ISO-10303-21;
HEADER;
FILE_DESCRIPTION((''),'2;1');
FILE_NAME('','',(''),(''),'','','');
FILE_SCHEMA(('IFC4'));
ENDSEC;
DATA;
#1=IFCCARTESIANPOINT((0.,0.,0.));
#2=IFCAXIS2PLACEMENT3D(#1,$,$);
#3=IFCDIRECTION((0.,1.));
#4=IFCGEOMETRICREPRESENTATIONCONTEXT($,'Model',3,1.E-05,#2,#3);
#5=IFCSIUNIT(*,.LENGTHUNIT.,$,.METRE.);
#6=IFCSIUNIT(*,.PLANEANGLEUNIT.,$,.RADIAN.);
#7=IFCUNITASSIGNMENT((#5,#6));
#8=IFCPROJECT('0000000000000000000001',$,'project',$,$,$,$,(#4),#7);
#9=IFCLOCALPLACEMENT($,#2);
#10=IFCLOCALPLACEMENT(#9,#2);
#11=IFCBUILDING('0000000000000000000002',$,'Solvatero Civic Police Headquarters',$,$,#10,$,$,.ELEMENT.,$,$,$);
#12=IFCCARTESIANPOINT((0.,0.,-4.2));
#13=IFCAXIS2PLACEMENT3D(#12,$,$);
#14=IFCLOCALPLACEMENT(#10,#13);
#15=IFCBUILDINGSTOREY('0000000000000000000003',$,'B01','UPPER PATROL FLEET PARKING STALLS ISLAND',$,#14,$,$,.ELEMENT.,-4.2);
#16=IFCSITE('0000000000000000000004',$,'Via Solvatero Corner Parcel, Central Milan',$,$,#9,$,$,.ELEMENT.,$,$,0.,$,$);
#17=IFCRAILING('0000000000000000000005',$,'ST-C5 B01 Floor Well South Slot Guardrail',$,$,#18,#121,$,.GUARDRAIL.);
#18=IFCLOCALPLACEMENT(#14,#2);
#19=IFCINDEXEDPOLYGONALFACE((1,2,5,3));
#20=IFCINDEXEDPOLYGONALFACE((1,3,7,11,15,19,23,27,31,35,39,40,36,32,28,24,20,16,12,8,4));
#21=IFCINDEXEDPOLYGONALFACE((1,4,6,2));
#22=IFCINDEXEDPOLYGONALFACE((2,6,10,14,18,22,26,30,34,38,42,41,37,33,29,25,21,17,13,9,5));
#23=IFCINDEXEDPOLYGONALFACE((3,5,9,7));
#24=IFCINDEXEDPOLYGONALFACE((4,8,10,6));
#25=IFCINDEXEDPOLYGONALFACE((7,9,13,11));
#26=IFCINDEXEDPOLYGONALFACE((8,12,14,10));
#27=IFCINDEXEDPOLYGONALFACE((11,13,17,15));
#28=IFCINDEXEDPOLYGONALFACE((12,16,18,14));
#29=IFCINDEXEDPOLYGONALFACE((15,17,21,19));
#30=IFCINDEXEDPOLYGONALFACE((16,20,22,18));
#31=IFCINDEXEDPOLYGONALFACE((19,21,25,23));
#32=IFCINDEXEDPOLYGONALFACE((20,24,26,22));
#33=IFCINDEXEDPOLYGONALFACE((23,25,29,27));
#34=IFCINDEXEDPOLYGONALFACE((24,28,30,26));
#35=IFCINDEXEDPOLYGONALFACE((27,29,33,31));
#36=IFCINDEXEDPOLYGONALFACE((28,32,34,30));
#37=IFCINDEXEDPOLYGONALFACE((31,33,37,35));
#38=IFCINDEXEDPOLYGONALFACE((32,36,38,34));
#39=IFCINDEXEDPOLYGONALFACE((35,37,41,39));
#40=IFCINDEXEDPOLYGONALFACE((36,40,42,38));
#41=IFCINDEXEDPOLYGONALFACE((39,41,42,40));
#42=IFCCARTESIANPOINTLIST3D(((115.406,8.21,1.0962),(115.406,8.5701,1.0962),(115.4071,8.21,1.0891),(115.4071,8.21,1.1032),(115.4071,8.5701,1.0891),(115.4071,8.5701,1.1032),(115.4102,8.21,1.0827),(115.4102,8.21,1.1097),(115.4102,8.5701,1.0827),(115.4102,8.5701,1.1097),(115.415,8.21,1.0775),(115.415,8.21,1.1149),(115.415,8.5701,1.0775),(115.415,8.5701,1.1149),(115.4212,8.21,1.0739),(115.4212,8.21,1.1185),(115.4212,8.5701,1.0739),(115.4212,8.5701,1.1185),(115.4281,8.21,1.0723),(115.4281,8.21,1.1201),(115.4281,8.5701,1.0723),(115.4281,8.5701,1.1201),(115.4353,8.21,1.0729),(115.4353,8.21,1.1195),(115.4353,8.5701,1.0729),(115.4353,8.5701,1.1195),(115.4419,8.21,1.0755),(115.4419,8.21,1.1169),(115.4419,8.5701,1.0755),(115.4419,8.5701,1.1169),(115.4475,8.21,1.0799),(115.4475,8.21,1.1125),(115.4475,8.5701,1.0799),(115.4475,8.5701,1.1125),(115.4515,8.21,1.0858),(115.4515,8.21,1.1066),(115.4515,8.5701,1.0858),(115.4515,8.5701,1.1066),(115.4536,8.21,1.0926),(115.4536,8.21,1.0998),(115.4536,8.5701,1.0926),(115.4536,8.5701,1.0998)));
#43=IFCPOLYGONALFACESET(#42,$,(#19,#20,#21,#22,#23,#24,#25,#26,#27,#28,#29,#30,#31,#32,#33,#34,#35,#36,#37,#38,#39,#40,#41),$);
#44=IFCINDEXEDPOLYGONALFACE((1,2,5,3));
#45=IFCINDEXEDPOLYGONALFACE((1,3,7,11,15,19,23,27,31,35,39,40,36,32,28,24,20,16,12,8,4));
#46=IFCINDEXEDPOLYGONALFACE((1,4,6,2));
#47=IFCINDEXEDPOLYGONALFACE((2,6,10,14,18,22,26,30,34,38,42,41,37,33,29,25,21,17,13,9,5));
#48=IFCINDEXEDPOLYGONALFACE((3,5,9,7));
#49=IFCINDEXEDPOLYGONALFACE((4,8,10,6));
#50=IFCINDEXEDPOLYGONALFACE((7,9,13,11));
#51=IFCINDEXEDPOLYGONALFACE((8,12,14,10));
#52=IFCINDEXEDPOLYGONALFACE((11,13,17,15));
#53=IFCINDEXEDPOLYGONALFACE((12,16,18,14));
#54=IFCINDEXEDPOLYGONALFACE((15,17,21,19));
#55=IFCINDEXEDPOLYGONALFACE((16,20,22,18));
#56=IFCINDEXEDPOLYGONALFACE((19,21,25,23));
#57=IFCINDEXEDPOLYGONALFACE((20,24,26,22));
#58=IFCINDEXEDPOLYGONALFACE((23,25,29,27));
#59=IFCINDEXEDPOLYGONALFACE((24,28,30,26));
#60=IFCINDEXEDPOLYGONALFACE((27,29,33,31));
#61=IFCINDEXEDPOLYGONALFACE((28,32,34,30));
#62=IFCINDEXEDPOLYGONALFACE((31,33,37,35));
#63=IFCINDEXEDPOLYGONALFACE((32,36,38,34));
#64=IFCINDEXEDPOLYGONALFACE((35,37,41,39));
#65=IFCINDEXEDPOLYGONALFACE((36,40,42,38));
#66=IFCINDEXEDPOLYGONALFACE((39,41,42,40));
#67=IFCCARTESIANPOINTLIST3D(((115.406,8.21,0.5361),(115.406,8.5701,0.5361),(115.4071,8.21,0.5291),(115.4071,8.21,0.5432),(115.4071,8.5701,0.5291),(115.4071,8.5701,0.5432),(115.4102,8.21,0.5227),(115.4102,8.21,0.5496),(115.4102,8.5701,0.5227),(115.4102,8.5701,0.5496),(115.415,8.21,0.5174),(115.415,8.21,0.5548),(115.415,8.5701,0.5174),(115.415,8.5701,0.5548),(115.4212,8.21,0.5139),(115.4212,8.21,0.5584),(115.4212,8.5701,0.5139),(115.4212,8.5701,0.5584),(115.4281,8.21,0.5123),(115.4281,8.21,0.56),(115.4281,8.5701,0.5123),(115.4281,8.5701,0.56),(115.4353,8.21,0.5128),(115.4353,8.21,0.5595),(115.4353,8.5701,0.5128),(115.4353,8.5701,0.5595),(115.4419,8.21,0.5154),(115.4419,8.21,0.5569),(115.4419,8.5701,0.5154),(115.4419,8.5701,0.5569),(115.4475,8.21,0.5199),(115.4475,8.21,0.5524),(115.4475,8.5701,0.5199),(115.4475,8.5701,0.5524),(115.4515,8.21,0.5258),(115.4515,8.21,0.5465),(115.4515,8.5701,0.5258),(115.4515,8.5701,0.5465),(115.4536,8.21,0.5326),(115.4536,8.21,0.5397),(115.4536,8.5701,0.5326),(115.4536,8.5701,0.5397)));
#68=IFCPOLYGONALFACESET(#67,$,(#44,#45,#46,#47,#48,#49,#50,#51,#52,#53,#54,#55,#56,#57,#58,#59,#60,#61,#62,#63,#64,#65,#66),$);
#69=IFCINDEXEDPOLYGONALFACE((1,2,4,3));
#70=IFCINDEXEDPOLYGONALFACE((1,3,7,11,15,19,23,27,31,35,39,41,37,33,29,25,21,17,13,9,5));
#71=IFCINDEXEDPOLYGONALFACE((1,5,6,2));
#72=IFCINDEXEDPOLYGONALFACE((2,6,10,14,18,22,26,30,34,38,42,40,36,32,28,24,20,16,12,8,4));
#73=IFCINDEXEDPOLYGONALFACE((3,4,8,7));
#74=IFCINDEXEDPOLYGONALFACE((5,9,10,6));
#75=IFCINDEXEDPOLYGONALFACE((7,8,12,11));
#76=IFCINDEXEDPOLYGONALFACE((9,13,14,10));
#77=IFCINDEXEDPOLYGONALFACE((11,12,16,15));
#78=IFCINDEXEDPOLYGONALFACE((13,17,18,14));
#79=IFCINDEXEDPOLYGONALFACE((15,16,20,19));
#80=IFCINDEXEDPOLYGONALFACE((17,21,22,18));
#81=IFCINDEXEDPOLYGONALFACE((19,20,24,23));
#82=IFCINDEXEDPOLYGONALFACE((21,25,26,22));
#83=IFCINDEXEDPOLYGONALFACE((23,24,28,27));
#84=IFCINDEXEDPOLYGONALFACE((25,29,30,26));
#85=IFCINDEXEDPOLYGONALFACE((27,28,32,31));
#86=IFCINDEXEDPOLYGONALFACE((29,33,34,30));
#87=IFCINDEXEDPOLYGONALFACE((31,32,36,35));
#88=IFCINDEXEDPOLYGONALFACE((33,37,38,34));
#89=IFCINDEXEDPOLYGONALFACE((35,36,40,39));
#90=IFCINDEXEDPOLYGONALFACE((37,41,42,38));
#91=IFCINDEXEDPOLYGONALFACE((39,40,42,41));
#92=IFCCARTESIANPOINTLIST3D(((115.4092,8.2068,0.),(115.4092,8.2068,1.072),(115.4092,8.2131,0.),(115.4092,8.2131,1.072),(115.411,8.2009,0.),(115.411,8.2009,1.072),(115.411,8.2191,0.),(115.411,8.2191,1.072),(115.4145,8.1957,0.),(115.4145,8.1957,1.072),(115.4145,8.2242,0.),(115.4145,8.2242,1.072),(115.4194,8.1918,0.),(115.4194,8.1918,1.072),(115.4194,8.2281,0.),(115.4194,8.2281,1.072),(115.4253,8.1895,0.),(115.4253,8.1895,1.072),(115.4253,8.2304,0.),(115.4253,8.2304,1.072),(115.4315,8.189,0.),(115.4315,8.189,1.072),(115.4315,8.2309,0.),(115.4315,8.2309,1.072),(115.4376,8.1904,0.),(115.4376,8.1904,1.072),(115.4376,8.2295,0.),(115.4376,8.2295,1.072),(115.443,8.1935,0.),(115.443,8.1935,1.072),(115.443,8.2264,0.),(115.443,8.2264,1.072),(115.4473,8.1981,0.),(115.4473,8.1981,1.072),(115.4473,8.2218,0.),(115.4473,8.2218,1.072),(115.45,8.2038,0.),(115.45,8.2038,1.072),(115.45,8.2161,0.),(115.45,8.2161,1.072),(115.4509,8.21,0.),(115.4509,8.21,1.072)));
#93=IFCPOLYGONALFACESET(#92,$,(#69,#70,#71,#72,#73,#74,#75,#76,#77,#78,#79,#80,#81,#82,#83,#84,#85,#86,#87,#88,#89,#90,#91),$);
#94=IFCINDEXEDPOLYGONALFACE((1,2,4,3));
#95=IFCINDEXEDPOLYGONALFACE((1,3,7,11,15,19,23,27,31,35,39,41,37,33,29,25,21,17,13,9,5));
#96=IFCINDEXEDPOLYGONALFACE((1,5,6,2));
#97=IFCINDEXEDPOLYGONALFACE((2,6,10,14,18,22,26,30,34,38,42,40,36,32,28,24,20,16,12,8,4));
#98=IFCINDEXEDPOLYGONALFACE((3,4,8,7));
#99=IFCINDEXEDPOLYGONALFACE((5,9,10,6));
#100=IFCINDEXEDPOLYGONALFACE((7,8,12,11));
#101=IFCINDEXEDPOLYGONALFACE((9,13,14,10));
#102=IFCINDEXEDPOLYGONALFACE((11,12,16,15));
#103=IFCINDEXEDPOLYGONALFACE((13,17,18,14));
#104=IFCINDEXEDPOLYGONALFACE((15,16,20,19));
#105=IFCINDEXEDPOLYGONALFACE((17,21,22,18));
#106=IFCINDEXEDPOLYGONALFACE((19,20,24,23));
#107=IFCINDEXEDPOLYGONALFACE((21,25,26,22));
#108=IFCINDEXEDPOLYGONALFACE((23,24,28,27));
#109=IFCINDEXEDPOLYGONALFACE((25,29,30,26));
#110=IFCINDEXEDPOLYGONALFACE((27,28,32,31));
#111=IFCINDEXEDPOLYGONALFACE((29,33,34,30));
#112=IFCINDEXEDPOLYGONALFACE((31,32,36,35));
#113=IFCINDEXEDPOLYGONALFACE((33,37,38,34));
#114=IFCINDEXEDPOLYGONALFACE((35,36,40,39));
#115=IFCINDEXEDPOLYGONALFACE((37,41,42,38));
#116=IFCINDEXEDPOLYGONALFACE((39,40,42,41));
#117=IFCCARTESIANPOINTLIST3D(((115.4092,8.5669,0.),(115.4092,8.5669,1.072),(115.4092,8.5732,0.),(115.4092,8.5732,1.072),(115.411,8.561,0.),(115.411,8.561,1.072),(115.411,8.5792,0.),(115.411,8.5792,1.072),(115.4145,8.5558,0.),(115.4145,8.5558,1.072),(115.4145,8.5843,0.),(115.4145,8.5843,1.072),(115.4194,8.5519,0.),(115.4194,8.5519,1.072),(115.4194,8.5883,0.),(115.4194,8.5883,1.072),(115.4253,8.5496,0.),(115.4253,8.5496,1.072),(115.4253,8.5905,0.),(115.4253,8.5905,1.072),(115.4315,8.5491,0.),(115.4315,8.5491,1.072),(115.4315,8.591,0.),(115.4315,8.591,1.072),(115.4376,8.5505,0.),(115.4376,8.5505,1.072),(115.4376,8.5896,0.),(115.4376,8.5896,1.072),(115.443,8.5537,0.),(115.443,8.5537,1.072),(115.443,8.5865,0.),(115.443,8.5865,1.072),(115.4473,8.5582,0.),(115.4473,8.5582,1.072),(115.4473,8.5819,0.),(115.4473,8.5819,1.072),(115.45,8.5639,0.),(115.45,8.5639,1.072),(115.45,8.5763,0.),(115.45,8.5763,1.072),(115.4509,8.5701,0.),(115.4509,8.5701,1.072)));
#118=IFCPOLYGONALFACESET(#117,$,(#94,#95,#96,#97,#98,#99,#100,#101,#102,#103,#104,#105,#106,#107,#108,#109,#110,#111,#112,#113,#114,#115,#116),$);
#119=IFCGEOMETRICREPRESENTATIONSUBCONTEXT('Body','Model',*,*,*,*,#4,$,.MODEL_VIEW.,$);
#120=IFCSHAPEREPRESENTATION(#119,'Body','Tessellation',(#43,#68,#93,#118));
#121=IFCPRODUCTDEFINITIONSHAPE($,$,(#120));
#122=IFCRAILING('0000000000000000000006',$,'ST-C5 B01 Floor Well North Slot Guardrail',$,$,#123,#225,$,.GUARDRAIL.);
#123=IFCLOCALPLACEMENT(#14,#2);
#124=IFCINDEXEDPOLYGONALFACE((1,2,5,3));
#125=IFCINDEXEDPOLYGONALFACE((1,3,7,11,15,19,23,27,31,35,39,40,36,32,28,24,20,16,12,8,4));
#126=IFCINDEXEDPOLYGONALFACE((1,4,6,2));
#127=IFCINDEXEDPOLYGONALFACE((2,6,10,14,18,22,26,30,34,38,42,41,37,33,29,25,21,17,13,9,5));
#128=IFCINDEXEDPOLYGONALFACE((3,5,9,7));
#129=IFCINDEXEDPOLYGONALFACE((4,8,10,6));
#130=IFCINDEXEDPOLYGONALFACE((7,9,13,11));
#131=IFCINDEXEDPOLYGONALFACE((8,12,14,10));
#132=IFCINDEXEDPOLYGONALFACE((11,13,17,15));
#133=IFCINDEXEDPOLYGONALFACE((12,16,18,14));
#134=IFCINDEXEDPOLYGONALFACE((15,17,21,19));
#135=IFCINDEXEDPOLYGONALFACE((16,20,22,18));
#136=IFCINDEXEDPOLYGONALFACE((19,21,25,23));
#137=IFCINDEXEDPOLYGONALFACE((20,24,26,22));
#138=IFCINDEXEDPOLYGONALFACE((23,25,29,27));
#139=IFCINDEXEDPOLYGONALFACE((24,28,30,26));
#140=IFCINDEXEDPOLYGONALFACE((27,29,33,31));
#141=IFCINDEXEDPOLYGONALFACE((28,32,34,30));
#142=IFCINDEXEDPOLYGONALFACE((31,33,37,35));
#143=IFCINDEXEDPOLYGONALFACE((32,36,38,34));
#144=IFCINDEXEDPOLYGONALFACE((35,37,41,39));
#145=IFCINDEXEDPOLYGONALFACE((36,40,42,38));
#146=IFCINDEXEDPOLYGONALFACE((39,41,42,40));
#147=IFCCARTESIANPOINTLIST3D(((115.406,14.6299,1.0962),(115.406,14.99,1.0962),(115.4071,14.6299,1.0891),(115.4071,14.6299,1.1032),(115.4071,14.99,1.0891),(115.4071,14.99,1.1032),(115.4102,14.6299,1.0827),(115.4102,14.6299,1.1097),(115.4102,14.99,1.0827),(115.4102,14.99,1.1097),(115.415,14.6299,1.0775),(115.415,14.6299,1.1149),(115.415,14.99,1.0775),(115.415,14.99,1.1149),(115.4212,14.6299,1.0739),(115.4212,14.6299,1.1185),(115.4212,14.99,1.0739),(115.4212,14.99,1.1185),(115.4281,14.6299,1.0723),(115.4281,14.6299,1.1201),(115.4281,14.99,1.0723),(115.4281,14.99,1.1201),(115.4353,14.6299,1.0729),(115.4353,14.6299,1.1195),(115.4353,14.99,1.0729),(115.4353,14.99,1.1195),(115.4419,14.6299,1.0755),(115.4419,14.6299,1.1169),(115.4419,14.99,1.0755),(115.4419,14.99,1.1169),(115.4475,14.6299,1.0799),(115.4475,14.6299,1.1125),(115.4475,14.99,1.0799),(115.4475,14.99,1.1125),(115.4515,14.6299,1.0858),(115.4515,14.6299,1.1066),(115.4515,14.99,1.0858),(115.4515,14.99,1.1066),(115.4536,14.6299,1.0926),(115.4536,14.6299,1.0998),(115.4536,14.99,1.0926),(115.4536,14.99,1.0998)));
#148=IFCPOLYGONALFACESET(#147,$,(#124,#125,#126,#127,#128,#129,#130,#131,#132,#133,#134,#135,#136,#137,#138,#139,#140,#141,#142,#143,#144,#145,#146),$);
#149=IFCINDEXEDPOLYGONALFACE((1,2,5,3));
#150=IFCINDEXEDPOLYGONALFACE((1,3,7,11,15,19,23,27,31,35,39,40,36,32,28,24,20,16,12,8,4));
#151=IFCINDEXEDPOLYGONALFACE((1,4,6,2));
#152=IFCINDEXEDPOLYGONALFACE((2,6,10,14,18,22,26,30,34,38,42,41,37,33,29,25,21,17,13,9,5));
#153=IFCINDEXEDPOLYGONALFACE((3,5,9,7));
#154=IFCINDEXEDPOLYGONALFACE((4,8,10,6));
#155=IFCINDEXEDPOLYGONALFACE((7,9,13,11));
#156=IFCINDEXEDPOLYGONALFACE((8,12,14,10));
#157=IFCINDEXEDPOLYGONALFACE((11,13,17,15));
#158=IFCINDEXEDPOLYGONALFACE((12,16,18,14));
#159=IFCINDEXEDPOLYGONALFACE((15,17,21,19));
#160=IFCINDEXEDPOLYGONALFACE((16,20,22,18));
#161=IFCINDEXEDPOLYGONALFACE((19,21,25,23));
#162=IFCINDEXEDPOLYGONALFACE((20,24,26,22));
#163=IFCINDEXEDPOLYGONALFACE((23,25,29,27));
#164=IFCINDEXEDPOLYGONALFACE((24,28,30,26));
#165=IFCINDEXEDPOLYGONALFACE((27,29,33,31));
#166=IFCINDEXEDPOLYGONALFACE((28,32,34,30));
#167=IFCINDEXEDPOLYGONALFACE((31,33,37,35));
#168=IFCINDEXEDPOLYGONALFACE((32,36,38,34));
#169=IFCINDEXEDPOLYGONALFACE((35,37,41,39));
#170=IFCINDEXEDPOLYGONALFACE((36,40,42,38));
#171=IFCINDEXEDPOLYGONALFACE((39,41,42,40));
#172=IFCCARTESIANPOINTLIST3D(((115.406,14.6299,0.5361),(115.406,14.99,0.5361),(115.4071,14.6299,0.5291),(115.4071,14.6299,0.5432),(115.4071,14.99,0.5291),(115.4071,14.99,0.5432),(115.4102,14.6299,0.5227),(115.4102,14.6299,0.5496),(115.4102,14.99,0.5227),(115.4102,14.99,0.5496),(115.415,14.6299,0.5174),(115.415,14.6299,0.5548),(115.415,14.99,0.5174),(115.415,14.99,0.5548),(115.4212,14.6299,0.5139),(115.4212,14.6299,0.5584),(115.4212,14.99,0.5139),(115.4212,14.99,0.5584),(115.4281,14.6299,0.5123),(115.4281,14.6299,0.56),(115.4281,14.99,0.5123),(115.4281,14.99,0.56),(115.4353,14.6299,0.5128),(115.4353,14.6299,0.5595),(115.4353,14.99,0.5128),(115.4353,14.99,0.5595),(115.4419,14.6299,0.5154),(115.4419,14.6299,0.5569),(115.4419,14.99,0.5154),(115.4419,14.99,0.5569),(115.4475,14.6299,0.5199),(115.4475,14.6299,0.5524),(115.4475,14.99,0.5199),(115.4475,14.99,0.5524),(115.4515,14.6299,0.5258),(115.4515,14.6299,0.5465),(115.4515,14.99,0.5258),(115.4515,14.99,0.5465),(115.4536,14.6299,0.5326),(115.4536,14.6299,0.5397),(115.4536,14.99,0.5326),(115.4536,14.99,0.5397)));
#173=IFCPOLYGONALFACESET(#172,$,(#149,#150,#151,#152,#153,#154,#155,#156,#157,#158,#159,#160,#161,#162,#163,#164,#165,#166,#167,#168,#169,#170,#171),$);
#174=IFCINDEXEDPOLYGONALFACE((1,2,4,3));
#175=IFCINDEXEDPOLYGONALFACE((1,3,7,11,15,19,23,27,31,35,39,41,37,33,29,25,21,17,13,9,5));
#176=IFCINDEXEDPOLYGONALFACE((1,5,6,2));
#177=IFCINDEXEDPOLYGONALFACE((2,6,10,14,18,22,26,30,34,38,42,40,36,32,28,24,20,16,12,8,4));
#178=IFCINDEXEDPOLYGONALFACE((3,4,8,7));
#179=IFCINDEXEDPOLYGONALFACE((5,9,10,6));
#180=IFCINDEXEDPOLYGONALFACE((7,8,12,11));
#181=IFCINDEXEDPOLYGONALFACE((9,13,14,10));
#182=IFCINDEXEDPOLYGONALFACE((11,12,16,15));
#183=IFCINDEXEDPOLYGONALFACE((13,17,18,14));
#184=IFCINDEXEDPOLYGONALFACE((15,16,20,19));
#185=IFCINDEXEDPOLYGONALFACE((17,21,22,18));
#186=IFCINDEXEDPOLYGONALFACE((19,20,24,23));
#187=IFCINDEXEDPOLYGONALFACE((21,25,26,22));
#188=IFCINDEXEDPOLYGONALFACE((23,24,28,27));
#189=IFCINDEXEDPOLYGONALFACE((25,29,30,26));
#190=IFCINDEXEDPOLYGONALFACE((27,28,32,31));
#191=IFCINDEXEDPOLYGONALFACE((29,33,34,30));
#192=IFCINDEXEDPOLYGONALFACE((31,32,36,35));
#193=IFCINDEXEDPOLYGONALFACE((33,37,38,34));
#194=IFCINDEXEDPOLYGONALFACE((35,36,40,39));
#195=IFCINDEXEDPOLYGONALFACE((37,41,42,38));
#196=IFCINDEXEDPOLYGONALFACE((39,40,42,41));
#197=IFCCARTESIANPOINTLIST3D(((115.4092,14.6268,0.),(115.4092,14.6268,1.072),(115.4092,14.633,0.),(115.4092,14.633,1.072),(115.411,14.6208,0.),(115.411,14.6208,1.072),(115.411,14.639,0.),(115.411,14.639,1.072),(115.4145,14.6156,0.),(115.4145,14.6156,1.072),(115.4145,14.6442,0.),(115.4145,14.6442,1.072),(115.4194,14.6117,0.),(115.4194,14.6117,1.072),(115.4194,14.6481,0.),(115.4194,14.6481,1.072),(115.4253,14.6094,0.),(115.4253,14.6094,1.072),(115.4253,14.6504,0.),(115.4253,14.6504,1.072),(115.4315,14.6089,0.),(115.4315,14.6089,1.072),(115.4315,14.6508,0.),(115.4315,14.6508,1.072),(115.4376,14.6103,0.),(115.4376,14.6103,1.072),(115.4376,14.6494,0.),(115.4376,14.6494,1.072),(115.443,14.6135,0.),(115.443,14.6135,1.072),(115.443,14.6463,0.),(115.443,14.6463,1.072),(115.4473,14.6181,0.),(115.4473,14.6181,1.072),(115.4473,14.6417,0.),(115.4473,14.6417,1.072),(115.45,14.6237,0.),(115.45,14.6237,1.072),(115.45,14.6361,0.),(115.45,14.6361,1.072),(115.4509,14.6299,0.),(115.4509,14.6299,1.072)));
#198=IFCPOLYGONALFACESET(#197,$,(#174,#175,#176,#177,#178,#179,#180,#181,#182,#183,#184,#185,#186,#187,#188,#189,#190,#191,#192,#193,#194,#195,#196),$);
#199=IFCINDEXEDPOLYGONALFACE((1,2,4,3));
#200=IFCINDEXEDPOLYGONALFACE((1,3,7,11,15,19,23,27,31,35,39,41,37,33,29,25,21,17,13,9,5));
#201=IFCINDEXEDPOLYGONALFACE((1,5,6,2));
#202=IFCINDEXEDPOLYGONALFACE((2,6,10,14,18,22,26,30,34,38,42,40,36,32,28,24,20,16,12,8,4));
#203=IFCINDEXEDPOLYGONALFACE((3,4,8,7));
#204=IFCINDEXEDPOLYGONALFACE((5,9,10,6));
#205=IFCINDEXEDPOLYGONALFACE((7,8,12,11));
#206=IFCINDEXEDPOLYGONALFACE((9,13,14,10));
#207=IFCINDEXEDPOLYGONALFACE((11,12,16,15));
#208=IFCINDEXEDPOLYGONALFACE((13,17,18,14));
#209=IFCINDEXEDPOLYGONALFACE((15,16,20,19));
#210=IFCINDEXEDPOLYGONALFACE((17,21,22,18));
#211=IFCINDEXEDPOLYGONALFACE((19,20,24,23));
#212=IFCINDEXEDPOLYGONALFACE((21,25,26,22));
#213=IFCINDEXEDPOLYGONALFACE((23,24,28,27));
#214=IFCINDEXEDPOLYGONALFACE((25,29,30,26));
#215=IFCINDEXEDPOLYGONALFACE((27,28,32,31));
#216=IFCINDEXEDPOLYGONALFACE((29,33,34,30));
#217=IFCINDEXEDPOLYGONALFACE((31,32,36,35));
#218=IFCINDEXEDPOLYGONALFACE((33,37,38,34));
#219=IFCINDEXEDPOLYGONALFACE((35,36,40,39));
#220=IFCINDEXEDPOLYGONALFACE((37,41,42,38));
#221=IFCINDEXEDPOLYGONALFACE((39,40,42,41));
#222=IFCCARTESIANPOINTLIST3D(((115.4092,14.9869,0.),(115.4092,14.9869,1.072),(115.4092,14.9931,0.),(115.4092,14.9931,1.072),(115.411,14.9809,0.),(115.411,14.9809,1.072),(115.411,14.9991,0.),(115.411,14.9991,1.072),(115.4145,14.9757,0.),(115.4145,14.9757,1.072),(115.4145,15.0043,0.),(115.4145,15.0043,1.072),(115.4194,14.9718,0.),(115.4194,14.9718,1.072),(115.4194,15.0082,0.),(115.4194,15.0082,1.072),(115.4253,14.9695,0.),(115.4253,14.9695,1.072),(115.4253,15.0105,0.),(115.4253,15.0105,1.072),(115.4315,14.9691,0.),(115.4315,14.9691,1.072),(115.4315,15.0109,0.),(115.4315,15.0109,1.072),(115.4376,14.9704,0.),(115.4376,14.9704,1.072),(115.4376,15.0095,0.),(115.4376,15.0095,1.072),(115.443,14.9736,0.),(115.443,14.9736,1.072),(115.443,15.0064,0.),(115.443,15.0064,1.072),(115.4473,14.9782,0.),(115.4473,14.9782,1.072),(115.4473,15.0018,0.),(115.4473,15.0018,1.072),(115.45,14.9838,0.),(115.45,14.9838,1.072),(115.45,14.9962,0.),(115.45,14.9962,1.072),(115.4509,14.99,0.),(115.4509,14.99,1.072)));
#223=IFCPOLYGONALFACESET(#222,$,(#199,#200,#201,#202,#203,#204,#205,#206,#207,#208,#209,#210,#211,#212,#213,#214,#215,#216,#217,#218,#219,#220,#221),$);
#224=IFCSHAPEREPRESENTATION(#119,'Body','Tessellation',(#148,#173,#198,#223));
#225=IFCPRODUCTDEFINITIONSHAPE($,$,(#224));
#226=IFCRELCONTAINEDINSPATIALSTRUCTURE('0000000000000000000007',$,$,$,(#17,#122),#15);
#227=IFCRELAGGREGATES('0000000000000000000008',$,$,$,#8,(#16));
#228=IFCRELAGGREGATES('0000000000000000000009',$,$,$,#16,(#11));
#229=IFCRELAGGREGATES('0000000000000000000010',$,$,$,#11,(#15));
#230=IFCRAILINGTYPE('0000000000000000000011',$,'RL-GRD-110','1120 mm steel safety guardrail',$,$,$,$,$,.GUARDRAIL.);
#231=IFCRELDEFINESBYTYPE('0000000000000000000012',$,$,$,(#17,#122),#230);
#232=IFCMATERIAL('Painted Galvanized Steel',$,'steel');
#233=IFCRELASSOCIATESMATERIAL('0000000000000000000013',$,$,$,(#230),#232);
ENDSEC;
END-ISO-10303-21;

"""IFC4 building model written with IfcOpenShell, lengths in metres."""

from ifc_helpers import new_model, si_unit, direction, frame, origin, origin_2d, place, context, subcontext, project, spatial, circle, extrude, material, type_object, element, save


model = new_model("IFC4")

# Units and contexts
model_context = context("Model", 3, precision=1e-05, world=origin(), true_north=direction((0.0, 1.0)))
body_context = subcontext(model_context, "Body", "Model", "MODEL_VIEW")
ifc_project = project(units=[si_unit("LENGTHUNIT", "METRE"), si_unit("PLANEANGLEUNIT", "RADIAN")], contexts=[model_context])

# Site, building, storey
site_placement = place(None, origin())
site = spatial("IfcSite", under=ifc_project, at=site_placement, Name="Via Solvatero Corner Parcel, Central Milan", CompositionType="ELEMENT", RefElevation=0.0)
building_placement = place(site_placement, origin())
building = spatial("IfcBuilding", under=site, at=building_placement, Name="Solvatero Civic Police Headquarters", CompositionType="ELEMENT")
storey_placement = place(building_placement, frame((0.0, 0.0, -4.2)))
storey = spatial("IfcBuildingStorey", under=building, at=storey_placement, Name="B01", Description="UPPER PATROL FLEET PARKING STALLS ISLAND", CompositionType="ELEMENT", Elevation=-4.2)

# Railings
ifc_material_1 = material(Name="Painted Galvanized Steel", Category="steel")
railing_type_1 = type_object("IfcRailingType", Name="RL-GRD-110", Description="1120 mm steel safety guardrail", PredefinedType="GUARDRAIL", material=ifc_material_1)
for number, where, name in (
    (1, (115.4299, 8.21, 0.0), "ST-C5 B01 Floor Well South Slot Guardrail"),
    (2, (115.4299, 14.6299, 0.0), "ST-C5 B01 Floor Well North Slot Guardrail"),
):
    element("IfcRailing", number, at=place(storey_placement, frame(where)), inside=storey, type_object=railing_type_1, Name=name, PredefinedType="GUARDRAIL", context=body_context, shape_type="SweptSolid", body=[
        extrude(circle(Radius=0.0239, at=origin_2d()), frame((0.0, 0.0, 1.0962), z_axis=(0.0, 1.0, 0.0), x_axis=(-1.0, 0.0, 0.0)), (0.0, 0.0, 1.0), 0.3601),
        extrude(circle(Radius=0.0239, at=origin_2d()), frame((0.0, 0.0, 0.5361), z_axis=(0.0, 1.0, 0.0), x_axis=(-1.0, 0.0, 0.0)), (0.0, 0.0, 1.0), 0.3601),
        extrude(circle(Radius=0.021, at=origin_2d()), origin(), (0.0, 0.0, 1.0), 1.072),
        extrude(circle(Radius=0.021, at=origin_2d()), frame((0.0, 0.3601, 0.0)), (0.0, 0.0, 1.0), 1.072),
    ])

save(model, "model.ifc")
